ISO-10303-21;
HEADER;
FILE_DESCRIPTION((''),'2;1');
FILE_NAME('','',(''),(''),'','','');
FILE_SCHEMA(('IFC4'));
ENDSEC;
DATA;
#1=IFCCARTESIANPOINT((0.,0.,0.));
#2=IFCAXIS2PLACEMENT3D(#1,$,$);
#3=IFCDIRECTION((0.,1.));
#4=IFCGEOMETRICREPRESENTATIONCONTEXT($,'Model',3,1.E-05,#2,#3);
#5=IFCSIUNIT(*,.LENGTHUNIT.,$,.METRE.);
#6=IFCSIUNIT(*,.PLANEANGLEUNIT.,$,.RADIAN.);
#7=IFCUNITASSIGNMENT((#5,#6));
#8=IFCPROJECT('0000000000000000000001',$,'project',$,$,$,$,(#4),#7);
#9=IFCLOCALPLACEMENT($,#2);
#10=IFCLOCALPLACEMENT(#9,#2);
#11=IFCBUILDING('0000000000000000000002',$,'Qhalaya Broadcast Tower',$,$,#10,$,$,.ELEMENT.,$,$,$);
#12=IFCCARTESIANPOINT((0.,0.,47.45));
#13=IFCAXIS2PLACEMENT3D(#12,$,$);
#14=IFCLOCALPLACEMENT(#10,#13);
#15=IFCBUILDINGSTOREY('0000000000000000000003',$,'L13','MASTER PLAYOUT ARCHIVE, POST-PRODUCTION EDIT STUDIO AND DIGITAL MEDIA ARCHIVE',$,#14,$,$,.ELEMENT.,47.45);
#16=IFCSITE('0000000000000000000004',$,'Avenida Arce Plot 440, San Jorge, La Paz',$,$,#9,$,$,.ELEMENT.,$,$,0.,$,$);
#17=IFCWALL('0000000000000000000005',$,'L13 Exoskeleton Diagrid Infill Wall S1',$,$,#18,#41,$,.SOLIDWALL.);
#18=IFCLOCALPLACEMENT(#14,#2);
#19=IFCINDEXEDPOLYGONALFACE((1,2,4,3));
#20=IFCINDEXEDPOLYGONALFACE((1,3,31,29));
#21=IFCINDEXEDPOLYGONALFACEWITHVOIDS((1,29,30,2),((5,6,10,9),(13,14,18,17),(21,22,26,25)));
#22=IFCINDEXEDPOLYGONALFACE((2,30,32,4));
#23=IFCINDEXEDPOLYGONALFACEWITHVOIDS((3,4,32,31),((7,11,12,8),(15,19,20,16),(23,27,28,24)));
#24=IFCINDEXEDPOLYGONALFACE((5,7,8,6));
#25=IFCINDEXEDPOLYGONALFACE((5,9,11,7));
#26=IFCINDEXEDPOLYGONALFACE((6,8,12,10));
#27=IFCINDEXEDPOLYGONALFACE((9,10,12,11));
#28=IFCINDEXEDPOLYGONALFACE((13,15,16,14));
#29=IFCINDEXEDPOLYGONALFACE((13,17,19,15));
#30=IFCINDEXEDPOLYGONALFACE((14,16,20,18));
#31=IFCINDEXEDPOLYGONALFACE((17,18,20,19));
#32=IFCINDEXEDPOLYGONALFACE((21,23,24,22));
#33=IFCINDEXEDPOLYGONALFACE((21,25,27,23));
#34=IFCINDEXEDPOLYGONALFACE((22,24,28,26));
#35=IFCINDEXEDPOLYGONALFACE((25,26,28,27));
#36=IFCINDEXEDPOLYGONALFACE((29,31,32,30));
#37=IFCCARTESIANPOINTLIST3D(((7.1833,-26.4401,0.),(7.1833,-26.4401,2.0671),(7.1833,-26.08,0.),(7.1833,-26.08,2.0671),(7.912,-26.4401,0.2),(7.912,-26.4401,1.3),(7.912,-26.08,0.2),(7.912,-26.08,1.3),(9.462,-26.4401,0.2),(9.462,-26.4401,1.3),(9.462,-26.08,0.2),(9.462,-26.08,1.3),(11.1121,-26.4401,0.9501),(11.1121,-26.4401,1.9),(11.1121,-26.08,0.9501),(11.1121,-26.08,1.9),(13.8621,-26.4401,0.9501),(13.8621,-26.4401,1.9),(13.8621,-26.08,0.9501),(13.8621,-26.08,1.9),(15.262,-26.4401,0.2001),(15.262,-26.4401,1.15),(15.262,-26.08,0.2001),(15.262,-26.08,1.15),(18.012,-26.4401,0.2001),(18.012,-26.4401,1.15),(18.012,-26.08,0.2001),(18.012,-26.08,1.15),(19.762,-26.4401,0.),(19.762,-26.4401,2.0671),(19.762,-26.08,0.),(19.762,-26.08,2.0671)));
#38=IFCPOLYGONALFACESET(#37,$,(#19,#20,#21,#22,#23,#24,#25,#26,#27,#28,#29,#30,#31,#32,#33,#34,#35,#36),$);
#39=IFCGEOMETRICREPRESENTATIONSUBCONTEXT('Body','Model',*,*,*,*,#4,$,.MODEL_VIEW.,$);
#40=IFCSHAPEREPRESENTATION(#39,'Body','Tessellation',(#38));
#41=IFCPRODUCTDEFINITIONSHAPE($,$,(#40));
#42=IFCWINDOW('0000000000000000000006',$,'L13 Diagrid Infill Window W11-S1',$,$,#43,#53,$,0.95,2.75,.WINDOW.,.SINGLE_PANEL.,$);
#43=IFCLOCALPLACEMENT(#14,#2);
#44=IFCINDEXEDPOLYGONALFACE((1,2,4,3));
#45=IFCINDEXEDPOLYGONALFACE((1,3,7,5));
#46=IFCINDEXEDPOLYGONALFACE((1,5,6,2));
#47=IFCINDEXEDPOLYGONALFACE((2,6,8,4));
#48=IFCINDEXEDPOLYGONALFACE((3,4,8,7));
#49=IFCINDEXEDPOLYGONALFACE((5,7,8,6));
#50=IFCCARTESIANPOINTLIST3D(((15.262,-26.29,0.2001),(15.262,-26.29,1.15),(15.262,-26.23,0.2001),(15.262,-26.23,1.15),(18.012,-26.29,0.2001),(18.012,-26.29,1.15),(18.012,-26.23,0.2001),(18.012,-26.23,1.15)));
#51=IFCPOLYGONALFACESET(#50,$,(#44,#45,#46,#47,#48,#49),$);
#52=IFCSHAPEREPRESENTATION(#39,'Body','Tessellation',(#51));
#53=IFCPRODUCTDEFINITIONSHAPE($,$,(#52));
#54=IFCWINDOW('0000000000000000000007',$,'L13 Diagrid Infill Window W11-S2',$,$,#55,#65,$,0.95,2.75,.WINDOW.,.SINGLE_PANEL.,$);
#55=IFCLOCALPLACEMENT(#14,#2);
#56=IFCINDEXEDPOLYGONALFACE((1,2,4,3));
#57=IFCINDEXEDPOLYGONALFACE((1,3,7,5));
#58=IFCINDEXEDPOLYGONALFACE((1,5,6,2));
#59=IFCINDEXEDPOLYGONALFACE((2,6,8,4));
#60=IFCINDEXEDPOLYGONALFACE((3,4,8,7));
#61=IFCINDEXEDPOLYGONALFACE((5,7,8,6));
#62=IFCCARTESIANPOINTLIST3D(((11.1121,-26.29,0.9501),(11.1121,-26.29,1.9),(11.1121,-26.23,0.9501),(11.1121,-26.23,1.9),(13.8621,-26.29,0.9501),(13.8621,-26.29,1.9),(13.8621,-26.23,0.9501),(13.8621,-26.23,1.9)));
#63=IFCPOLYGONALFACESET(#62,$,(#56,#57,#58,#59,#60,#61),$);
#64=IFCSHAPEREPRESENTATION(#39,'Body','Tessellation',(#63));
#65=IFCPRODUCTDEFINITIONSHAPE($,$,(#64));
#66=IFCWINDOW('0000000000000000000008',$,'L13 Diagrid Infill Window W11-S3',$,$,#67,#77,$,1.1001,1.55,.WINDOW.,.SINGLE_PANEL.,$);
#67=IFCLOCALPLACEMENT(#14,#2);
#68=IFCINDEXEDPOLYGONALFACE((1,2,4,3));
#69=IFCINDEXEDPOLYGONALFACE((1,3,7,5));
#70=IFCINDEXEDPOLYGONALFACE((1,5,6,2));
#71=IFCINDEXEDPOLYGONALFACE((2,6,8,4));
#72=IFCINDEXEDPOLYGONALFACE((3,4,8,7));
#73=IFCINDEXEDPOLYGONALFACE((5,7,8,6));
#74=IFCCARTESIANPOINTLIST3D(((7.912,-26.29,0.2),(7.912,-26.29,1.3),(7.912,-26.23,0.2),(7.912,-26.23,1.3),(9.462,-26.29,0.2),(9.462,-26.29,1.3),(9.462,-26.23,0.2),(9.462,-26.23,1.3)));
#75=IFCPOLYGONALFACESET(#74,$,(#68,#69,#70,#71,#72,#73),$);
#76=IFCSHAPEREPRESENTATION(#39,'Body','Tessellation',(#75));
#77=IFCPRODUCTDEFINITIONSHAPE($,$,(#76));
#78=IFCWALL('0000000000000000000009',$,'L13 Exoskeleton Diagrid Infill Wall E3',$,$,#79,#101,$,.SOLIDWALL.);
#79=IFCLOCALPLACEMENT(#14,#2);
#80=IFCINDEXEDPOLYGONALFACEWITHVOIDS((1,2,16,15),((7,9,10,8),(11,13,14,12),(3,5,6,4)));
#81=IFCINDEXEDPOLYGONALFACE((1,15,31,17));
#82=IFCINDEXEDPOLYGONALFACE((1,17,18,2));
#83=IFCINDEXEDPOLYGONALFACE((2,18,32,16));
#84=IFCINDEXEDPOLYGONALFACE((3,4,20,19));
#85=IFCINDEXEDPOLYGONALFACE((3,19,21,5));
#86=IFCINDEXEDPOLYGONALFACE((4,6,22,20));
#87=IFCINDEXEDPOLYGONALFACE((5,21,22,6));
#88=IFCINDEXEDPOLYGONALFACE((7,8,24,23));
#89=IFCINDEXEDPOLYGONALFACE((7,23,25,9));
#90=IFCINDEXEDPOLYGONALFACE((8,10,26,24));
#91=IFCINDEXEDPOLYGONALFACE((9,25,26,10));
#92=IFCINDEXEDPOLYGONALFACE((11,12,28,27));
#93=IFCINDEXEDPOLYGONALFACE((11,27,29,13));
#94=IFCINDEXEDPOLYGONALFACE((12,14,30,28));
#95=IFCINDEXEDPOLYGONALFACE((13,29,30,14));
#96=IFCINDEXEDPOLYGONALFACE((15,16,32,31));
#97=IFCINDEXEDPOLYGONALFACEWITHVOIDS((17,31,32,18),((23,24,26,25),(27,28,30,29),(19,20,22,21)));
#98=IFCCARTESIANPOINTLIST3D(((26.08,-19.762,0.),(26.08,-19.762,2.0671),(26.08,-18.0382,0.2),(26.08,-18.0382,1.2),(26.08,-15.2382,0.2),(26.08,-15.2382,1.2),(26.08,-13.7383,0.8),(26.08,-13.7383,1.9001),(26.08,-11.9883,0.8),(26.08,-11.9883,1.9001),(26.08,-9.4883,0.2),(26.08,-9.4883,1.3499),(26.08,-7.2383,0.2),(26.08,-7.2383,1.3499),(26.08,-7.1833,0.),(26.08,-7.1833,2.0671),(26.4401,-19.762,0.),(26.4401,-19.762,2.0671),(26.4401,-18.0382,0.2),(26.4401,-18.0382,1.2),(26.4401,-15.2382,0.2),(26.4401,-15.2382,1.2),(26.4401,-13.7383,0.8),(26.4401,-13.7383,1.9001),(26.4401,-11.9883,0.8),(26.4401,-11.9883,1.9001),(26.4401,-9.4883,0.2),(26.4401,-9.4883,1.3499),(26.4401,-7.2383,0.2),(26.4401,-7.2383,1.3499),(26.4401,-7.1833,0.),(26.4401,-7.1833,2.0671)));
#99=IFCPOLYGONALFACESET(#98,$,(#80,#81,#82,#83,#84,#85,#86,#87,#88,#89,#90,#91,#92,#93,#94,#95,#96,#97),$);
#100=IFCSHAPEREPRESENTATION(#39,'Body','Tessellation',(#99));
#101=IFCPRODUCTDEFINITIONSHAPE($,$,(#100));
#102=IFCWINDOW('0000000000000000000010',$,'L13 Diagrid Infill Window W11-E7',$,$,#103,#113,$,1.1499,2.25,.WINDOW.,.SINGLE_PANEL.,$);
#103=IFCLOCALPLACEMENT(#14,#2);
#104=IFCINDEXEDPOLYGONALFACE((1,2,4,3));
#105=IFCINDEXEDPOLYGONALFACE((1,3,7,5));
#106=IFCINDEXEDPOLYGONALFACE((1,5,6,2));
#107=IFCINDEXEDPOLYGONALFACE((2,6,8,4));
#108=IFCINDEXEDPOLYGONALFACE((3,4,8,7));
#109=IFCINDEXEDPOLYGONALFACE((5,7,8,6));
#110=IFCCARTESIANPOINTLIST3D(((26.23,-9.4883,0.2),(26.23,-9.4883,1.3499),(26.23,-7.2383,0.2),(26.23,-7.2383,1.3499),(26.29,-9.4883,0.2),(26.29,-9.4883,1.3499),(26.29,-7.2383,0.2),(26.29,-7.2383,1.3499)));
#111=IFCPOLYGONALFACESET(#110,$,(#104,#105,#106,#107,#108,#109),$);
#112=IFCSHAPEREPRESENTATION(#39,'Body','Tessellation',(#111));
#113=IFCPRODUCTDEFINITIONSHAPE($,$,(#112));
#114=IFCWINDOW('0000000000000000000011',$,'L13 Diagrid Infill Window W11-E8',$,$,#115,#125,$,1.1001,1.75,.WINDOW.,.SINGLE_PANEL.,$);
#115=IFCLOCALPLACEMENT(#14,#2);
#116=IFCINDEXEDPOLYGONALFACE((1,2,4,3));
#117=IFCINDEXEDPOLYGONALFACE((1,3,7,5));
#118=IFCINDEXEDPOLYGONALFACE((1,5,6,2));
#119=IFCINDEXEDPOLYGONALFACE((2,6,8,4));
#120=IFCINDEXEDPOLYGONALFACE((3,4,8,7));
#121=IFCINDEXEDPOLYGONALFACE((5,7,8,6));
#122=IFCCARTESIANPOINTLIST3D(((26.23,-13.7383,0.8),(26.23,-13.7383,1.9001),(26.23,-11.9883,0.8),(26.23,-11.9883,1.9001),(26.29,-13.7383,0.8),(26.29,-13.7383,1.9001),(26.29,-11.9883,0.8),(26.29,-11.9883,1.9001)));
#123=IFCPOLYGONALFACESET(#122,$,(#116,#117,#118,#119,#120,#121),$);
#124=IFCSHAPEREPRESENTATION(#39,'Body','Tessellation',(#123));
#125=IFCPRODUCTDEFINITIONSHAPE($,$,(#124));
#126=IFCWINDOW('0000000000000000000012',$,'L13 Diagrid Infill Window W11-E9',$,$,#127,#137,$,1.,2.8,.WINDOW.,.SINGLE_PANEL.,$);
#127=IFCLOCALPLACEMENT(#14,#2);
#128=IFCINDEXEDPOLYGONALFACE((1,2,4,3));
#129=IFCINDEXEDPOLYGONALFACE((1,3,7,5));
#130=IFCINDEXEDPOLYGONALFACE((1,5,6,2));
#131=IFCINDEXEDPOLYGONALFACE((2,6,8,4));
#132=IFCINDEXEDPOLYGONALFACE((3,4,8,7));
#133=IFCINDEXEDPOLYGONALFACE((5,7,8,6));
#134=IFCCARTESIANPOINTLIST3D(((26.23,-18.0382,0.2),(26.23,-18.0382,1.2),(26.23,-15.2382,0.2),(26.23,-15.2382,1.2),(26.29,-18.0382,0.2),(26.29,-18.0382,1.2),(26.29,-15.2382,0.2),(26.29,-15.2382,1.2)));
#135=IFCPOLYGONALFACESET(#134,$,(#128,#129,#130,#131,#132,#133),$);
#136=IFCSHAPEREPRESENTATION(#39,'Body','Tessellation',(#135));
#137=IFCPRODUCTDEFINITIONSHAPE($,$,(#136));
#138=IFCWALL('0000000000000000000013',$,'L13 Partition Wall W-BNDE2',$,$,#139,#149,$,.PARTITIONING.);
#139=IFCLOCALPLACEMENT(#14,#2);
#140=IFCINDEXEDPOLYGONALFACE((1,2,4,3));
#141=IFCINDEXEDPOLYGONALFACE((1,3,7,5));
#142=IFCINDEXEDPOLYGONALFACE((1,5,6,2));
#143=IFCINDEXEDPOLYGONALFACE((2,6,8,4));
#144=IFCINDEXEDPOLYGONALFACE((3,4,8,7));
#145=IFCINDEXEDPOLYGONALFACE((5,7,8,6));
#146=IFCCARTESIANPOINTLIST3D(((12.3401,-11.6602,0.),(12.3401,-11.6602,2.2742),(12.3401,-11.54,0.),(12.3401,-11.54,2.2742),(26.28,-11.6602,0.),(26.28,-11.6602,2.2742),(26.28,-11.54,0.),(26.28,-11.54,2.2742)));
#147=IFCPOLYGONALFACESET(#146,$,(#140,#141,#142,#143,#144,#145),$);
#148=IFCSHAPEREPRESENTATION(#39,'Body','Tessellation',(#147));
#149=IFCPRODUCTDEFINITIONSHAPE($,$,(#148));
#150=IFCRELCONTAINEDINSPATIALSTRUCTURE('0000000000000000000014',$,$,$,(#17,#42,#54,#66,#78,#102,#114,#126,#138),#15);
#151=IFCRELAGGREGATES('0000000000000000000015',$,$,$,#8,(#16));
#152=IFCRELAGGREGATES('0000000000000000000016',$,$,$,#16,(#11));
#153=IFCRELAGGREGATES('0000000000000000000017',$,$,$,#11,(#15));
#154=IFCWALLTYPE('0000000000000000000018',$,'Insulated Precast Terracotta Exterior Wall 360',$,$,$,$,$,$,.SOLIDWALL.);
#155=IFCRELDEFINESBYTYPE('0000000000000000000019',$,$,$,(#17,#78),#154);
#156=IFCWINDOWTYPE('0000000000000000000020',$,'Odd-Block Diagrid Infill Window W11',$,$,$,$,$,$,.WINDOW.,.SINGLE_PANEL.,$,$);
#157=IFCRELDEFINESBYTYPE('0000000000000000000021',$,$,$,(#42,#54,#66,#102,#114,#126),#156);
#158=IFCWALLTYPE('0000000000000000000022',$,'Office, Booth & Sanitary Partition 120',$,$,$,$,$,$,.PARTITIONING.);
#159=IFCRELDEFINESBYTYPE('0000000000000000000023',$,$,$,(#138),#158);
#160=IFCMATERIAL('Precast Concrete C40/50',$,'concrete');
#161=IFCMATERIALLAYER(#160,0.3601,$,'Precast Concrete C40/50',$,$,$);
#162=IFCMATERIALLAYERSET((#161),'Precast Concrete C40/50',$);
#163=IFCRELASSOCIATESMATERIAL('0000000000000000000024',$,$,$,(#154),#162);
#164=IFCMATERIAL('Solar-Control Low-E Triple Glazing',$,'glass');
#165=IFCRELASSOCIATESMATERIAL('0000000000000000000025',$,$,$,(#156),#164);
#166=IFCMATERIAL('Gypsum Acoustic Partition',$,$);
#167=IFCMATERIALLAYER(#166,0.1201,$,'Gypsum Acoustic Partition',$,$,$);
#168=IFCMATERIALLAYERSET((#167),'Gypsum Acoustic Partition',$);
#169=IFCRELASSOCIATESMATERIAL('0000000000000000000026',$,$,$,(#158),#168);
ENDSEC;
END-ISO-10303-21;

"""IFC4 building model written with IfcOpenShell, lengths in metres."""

from ifc_helpers import new_model, si_unit, direction, frame, frame_2d, origin, place, context, subcontext, project, spatial, rectangle, extrude, material, layer, layer_set, type_object, element, fill, save


model = new_model("IFC4")

# Units and contexts
model_context = context("Model", 3, precision=1e-05, world=origin(), true_north=direction((0.0, 1.0)))
body_context = subcontext(model_context, "Body", "Model", "MODEL_VIEW")
ifc_project = project(units=[si_unit("LENGTHUNIT", "METRE"), si_unit("PLANEANGLEUNIT", "RADIAN")], contexts=[model_context])

# Site, building, storey
site_placement = place(None, origin())
site = spatial("IfcSite", under=ifc_project, at=site_placement, Name="Avenida Arce Plot 440, San Jorge, La Paz", CompositionType="ELEMENT", RefElevation=0.0)
building_placement = place(site_placement, origin())
building = spatial("IfcBuilding", under=site, at=building_placement, Name="Qhalaya Broadcast Tower", CompositionType="ELEMENT")
storey_placement = place(building_placement, frame((0.0, 0.0, 47.45)))
storey = spatial("IfcBuildingStorey", under=building, at=storey_placement, Name="L13", Description="MASTER PLAYOUT ARCHIVE, POST-PRODUCTION EDIT STUDIO AND DIGITAL MEDIA ARCHIVE", CompositionType="ELEMENT", Elevation=47.45)

# Shared definitions
ifc_material_1 = material(Name="Gypsum Acoustic Partition")

# Walls, openings, windows
ifc_material_2 = material(Name="Precast Concrete C40/50", Category="concrete")
ifc_layer_1 = layer(ifc_material_2, 0.3601, Name="Precast Concrete C40/50")
ifc_layer_set_1 = layer_set([ifc_layer_1], Name="Precast Concrete C40/50")
wall_type_1 = type_object("IfcWallType", Name="Insulated Precast Terracotta Exterior Wall 360", PredefinedType="SOLIDWALL", material=ifc_layer_set_1)
wall_1_placement = place(storey_placement, frame((19.762, -26.26, 0.0), z_axis=(0.0, 0.0, 1.0), x_axis=(-1.0, 0.0, 0.0)))
wall_1 = element("IfcWall", 1, at=wall_1_placement, inside=storey, type_object=wall_type_1, Name="L13 Exoskeleton Diagrid Infill Wall S1", PredefinedType="SOLIDWALL", context=body_context, shape_type="SweptSolid", body=[
    extrude(rectangle(XDim=12.5786, YDim=0.3601, at=frame_2d((6.2893, 0.0))), origin(), (0.0, 0.0, 1.0), 2.0671),
])
opening_1_placement = place(wall_1_placement, frame((1.75, 0.0, 0.2)))
opening_1 = element("IfcOpeningElement", 2, at=opening_1_placement, cuts=wall_1, PredefinedType="OPENING", context=body_context, shape_type="SweptSolid", body=[
    extrude(rectangle(XDim=2.75, YDim=0.95, at=frame_2d((1.375, 0.4751))), frame((0.0, 0.1921, 0.0), z_axis=(0.0, -1.0, 0.0), x_axis=(1.0, 0.0, 0.0)), (0.0, 0.0, 1.0), 0.384),
])
opening_2_placement = place(wall_1_placement, frame((5.8999, 0.0, 0.95)))
opening_2 = element("IfcOpeningElement", 3, at=opening_2_placement, cuts=wall_1, PredefinedType="OPENING", context=body_context, shape_type="SweptSolid", body=[
    extrude(rectangle(XDim=2.75, YDim=0.95, at=frame_2d((1.375, 0.4751))), frame((0.0, 0.1921, 0.0), z_axis=(0.0, -1.0, 0.0), x_axis=(1.0, 0.0, 0.0)), (0.0, 0.0, 1.0), 0.384),
])
opening_3_placement = place(wall_1_placement, frame((10.3, 0.0, 0.2)))
opening_3 = element("IfcOpeningElement", 4, at=opening_3_placement, cuts=wall_1, PredefinedType="OPENING", context=body_context, shape_type="SweptSolid", body=[
    extrude(rectangle(XDim=1.55, YDim=1.1001, at=frame_2d((0.7749, 0.55))), frame((0.0, 0.1921, 0.0), z_axis=(0.0, -1.0, 0.0), x_axis=(1.0, 0.0, 0.0)), (0.0, 0.0, 1.0), 0.384),
])
ifc_material_3 = material(Name="Solar-Control Low-E Triple Glazing", Category="glass")
window_type = type_object("IfcWindowType", Name="Odd-Block Diagrid Infill Window W11", PartitioningType="SINGLE_PANEL", PredefinedType="WINDOW", material=ifc_material_3)
window_1_placement = place(opening_1_placement, origin())
window_1 = element("IfcWindow", 5, at=window_1_placement, inside=storey, type_object=window_type, Name="L13 Diagrid Infill Window W11-S1", OverallHeight=0.95, OverallWidth=2.75, PartitioningType="SINGLE_PANEL", PredefinedType="WINDOW", context=body_context, shape_type="SweptSolid", body=[
    extrude(rectangle(XDim=2.75, YDim=0.95, at=frame_2d((1.375, 0.4751))), frame((0.0, 0.03, 0.0), z_axis=(0.0, -1.0, 0.0), x_axis=(1.0, 0.0, 0.0)), (0.0, 0.0, 1.0), 0.0601),
])
fill(opening_1, window_1)
window_2_placement = place(opening_2_placement, origin())
window_2 = element("IfcWindow", 6, at=window_2_placement, inside=storey, type_object=window_type, Name="L13 Diagrid Infill Window W11-S2", OverallHeight=0.95, OverallWidth=2.75, PartitioningType="SINGLE_PANEL", PredefinedType="WINDOW", context=body_context, shape_type="SweptSolid", body=[
    extrude(rectangle(XDim=2.75, YDim=0.95, at=frame_2d((1.375, 0.4751))), frame((0.0, 0.03, 0.0), z_axis=(0.0, -1.0, 0.0), x_axis=(1.0, 0.0, 0.0)), (0.0, 0.0, 1.0), 0.0601),
])
fill(opening_2, window_2)
window_3_placement = place(opening_3_placement, origin())
window_3 = element("IfcWindow", 7, at=window_3_placement, inside=storey, type_object=window_type, Name="L13 Diagrid Infill Window W11-S3", OverallHeight=1.1001, OverallWidth=1.55, PartitioningType="SINGLE_PANEL", PredefinedType="WINDOW", context=body_context, shape_type="SweptSolid", body=[
    extrude(rectangle(XDim=1.55, YDim=1.1001, at=frame_2d((0.7749, 0.55))), frame((0.0, 0.03, 0.0), z_axis=(0.0, -1.0, 0.0), x_axis=(1.0, 0.0, 0.0)), (0.0, 0.0, 1.0), 0.0601),
])
fill(opening_3, window_3)
wall_2_placement = place(storey_placement, frame((26.26, -7.1833, 0.0), z_axis=(0.0, 0.0, 1.0), x_axis=(0.0, -1.0, 0.0)))
wall_2 = element("IfcWall", 8, at=wall_2_placement, inside=storey, type_object=wall_type_1, Name="L13 Exoskeleton Diagrid Infill Wall E3", PredefinedType="SOLIDWALL", context=body_context, shape_type="SweptSolid", body=[
    extrude(rectangle(XDim=12.5786, YDim=0.3601, at=frame_2d((6.2893, 0.0))), origin(), (0.0, 0.0, 1.0), 2.0671),
])
opening_4_placement = place(wall_2_placement, frame((0.0549, 0.0, 0.2)))
opening_4 = element("IfcOpeningElement", 9, at=opening_4_placement, cuts=wall_2, PredefinedType="OPENING", context=body_context, shape_type="SweptSolid", body=[
    extrude(rectangle(XDim=2.25, YDim=1.1499, at=frame_2d((1.125, 0.575))), frame((0.0, 0.1921, 0.0), z_axis=(0.0, -1.0, 0.0), x_axis=(1.0, 0.0, 0.0)), (0.0, 0.0, 1.0), 0.384),
])
opening_5_placement = place(wall_2_placement, frame((4.8049, 0.0, 0.8)))
opening_5 = element("IfcOpeningElement", 10, at=opening_5_placement, cuts=wall_2, PredefinedType="OPENING", context=body_context, shape_type="SweptSolid", body=[
    extrude(rectangle(XDim=1.75, YDim=1.1001, at=frame_2d((0.875, 0.55))), frame((0.0, 0.1921, 0.0), z_axis=(0.0, -1.0, 0.0), x_axis=(1.0, 0.0, 0.0)), (0.0, 0.0, 1.0), 0.384),
])
opening_6_placement = place(wall_2_placement, frame((8.0549, 0.0, 0.2)))
opening_6 = element("IfcOpeningElement", 11, at=opening_6_placement, cuts=wall_2, PredefinedType="OPENING", context=body_context, shape_type="SweptSolid", body=[
    extrude(rectangle(XDim=2.8, YDim=1.0, at=frame_2d((1.3999, 0.5))), frame((0.0, 0.1921, 0.0), z_axis=(0.0, -1.0, 0.0), x_axis=(1.0, 0.0, 0.0)), (0.0, 0.0, 1.0), 0.384),
])
window_4_placement = place(opening_4_placement, origin())
window_4 = element("IfcWindow", 12, at=window_4_placement, inside=storey, type_object=window_type, Name="L13 Diagrid Infill Window W11-E7", OverallHeight=1.1499, OverallWidth=2.25, PartitioningType="SINGLE_PANEL", PredefinedType="WINDOW", context=body_context, shape_type="SweptSolid", body=[
    extrude(rectangle(XDim=2.25, YDim=1.1499, at=frame_2d((1.125, 0.575))), frame((0.0, 0.03, 0.0), z_axis=(0.0, -1.0, 0.0), x_axis=(1.0, 0.0, 0.0)), (0.0, 0.0, 1.0), 0.0601),
])
fill(opening_4, window_4)
window_5_placement = place(opening_5_placement, origin())
window_5 = element("IfcWindow", 13, at=window_5_placement, inside=storey, type_object=window_type, Name="L13 Diagrid Infill Window W11-E8", OverallHeight=1.1001, OverallWidth=1.75, PartitioningType="SINGLE_PANEL", PredefinedType="WINDOW", context=body_context, shape_type="SweptSolid", body=[
    extrude(rectangle(XDim=1.75, YDim=1.1001, at=frame_2d((0.875, 0.55))), frame((0.0, 0.03, 0.0), z_axis=(0.0, -1.0, 0.0), x_axis=(1.0, 0.0, 0.0)), (0.0, 0.0, 1.0), 0.0601),
])
fill(opening_5, window_5)
window_6_placement = place(opening_6_placement, origin())
window_6 = element("IfcWindow", 14, at=window_6_placement, inside=storey, type_object=window_type, Name="L13 Diagrid Infill Window W11-E9", OverallHeight=1.0, OverallWidth=2.8, PartitioningType="SINGLE_PANEL", PredefinedType="WINDOW", context=body_context, shape_type="SweptSolid", body=[
    extrude(rectangle(XDim=2.8, YDim=1.0, at=frame_2d((1.3999, 0.5))), frame((0.0, 0.03, 0.0), z_axis=(0.0, -1.0, 0.0), x_axis=(1.0, 0.0, 0.0)), (0.0, 0.0, 1.0), 0.0601),
])
fill(opening_6, window_6)

# Wall
ifc_layer_2 = layer(ifc_material_1, 0.1201, Name="Gypsum Acoustic Partition")
ifc_layer_set_2 = layer_set([ifc_layer_2], Name="Gypsum Acoustic Partition")
wall_type_2 = type_object("IfcWallType", Name="Office, Booth & Sanitary Partition 120", PredefinedType="PARTITIONING", material=ifc_layer_set_2)
wall_3_placement = place(storey_placement, frame((12.3401, -11.6001, 0.0), z_axis=(0.0, 0.0, 1.0), x_axis=(1.0, 0.0, 0.0)))
element("IfcWall", 15, at=wall_3_placement, inside=storey, type_object=wall_type_2, Name="L13 Partition Wall W-BNDE2", PredefinedType="PARTITIONING", context=body_context, shape_type="SweptSolid", body=[
    extrude(rectangle(XDim=13.9399, YDim=0.1201, at=frame_2d((6.97, 0.0))), origin(), (0.0, 0.0, 1.0), 2.2742),
])

save(model, "model.ifc")
